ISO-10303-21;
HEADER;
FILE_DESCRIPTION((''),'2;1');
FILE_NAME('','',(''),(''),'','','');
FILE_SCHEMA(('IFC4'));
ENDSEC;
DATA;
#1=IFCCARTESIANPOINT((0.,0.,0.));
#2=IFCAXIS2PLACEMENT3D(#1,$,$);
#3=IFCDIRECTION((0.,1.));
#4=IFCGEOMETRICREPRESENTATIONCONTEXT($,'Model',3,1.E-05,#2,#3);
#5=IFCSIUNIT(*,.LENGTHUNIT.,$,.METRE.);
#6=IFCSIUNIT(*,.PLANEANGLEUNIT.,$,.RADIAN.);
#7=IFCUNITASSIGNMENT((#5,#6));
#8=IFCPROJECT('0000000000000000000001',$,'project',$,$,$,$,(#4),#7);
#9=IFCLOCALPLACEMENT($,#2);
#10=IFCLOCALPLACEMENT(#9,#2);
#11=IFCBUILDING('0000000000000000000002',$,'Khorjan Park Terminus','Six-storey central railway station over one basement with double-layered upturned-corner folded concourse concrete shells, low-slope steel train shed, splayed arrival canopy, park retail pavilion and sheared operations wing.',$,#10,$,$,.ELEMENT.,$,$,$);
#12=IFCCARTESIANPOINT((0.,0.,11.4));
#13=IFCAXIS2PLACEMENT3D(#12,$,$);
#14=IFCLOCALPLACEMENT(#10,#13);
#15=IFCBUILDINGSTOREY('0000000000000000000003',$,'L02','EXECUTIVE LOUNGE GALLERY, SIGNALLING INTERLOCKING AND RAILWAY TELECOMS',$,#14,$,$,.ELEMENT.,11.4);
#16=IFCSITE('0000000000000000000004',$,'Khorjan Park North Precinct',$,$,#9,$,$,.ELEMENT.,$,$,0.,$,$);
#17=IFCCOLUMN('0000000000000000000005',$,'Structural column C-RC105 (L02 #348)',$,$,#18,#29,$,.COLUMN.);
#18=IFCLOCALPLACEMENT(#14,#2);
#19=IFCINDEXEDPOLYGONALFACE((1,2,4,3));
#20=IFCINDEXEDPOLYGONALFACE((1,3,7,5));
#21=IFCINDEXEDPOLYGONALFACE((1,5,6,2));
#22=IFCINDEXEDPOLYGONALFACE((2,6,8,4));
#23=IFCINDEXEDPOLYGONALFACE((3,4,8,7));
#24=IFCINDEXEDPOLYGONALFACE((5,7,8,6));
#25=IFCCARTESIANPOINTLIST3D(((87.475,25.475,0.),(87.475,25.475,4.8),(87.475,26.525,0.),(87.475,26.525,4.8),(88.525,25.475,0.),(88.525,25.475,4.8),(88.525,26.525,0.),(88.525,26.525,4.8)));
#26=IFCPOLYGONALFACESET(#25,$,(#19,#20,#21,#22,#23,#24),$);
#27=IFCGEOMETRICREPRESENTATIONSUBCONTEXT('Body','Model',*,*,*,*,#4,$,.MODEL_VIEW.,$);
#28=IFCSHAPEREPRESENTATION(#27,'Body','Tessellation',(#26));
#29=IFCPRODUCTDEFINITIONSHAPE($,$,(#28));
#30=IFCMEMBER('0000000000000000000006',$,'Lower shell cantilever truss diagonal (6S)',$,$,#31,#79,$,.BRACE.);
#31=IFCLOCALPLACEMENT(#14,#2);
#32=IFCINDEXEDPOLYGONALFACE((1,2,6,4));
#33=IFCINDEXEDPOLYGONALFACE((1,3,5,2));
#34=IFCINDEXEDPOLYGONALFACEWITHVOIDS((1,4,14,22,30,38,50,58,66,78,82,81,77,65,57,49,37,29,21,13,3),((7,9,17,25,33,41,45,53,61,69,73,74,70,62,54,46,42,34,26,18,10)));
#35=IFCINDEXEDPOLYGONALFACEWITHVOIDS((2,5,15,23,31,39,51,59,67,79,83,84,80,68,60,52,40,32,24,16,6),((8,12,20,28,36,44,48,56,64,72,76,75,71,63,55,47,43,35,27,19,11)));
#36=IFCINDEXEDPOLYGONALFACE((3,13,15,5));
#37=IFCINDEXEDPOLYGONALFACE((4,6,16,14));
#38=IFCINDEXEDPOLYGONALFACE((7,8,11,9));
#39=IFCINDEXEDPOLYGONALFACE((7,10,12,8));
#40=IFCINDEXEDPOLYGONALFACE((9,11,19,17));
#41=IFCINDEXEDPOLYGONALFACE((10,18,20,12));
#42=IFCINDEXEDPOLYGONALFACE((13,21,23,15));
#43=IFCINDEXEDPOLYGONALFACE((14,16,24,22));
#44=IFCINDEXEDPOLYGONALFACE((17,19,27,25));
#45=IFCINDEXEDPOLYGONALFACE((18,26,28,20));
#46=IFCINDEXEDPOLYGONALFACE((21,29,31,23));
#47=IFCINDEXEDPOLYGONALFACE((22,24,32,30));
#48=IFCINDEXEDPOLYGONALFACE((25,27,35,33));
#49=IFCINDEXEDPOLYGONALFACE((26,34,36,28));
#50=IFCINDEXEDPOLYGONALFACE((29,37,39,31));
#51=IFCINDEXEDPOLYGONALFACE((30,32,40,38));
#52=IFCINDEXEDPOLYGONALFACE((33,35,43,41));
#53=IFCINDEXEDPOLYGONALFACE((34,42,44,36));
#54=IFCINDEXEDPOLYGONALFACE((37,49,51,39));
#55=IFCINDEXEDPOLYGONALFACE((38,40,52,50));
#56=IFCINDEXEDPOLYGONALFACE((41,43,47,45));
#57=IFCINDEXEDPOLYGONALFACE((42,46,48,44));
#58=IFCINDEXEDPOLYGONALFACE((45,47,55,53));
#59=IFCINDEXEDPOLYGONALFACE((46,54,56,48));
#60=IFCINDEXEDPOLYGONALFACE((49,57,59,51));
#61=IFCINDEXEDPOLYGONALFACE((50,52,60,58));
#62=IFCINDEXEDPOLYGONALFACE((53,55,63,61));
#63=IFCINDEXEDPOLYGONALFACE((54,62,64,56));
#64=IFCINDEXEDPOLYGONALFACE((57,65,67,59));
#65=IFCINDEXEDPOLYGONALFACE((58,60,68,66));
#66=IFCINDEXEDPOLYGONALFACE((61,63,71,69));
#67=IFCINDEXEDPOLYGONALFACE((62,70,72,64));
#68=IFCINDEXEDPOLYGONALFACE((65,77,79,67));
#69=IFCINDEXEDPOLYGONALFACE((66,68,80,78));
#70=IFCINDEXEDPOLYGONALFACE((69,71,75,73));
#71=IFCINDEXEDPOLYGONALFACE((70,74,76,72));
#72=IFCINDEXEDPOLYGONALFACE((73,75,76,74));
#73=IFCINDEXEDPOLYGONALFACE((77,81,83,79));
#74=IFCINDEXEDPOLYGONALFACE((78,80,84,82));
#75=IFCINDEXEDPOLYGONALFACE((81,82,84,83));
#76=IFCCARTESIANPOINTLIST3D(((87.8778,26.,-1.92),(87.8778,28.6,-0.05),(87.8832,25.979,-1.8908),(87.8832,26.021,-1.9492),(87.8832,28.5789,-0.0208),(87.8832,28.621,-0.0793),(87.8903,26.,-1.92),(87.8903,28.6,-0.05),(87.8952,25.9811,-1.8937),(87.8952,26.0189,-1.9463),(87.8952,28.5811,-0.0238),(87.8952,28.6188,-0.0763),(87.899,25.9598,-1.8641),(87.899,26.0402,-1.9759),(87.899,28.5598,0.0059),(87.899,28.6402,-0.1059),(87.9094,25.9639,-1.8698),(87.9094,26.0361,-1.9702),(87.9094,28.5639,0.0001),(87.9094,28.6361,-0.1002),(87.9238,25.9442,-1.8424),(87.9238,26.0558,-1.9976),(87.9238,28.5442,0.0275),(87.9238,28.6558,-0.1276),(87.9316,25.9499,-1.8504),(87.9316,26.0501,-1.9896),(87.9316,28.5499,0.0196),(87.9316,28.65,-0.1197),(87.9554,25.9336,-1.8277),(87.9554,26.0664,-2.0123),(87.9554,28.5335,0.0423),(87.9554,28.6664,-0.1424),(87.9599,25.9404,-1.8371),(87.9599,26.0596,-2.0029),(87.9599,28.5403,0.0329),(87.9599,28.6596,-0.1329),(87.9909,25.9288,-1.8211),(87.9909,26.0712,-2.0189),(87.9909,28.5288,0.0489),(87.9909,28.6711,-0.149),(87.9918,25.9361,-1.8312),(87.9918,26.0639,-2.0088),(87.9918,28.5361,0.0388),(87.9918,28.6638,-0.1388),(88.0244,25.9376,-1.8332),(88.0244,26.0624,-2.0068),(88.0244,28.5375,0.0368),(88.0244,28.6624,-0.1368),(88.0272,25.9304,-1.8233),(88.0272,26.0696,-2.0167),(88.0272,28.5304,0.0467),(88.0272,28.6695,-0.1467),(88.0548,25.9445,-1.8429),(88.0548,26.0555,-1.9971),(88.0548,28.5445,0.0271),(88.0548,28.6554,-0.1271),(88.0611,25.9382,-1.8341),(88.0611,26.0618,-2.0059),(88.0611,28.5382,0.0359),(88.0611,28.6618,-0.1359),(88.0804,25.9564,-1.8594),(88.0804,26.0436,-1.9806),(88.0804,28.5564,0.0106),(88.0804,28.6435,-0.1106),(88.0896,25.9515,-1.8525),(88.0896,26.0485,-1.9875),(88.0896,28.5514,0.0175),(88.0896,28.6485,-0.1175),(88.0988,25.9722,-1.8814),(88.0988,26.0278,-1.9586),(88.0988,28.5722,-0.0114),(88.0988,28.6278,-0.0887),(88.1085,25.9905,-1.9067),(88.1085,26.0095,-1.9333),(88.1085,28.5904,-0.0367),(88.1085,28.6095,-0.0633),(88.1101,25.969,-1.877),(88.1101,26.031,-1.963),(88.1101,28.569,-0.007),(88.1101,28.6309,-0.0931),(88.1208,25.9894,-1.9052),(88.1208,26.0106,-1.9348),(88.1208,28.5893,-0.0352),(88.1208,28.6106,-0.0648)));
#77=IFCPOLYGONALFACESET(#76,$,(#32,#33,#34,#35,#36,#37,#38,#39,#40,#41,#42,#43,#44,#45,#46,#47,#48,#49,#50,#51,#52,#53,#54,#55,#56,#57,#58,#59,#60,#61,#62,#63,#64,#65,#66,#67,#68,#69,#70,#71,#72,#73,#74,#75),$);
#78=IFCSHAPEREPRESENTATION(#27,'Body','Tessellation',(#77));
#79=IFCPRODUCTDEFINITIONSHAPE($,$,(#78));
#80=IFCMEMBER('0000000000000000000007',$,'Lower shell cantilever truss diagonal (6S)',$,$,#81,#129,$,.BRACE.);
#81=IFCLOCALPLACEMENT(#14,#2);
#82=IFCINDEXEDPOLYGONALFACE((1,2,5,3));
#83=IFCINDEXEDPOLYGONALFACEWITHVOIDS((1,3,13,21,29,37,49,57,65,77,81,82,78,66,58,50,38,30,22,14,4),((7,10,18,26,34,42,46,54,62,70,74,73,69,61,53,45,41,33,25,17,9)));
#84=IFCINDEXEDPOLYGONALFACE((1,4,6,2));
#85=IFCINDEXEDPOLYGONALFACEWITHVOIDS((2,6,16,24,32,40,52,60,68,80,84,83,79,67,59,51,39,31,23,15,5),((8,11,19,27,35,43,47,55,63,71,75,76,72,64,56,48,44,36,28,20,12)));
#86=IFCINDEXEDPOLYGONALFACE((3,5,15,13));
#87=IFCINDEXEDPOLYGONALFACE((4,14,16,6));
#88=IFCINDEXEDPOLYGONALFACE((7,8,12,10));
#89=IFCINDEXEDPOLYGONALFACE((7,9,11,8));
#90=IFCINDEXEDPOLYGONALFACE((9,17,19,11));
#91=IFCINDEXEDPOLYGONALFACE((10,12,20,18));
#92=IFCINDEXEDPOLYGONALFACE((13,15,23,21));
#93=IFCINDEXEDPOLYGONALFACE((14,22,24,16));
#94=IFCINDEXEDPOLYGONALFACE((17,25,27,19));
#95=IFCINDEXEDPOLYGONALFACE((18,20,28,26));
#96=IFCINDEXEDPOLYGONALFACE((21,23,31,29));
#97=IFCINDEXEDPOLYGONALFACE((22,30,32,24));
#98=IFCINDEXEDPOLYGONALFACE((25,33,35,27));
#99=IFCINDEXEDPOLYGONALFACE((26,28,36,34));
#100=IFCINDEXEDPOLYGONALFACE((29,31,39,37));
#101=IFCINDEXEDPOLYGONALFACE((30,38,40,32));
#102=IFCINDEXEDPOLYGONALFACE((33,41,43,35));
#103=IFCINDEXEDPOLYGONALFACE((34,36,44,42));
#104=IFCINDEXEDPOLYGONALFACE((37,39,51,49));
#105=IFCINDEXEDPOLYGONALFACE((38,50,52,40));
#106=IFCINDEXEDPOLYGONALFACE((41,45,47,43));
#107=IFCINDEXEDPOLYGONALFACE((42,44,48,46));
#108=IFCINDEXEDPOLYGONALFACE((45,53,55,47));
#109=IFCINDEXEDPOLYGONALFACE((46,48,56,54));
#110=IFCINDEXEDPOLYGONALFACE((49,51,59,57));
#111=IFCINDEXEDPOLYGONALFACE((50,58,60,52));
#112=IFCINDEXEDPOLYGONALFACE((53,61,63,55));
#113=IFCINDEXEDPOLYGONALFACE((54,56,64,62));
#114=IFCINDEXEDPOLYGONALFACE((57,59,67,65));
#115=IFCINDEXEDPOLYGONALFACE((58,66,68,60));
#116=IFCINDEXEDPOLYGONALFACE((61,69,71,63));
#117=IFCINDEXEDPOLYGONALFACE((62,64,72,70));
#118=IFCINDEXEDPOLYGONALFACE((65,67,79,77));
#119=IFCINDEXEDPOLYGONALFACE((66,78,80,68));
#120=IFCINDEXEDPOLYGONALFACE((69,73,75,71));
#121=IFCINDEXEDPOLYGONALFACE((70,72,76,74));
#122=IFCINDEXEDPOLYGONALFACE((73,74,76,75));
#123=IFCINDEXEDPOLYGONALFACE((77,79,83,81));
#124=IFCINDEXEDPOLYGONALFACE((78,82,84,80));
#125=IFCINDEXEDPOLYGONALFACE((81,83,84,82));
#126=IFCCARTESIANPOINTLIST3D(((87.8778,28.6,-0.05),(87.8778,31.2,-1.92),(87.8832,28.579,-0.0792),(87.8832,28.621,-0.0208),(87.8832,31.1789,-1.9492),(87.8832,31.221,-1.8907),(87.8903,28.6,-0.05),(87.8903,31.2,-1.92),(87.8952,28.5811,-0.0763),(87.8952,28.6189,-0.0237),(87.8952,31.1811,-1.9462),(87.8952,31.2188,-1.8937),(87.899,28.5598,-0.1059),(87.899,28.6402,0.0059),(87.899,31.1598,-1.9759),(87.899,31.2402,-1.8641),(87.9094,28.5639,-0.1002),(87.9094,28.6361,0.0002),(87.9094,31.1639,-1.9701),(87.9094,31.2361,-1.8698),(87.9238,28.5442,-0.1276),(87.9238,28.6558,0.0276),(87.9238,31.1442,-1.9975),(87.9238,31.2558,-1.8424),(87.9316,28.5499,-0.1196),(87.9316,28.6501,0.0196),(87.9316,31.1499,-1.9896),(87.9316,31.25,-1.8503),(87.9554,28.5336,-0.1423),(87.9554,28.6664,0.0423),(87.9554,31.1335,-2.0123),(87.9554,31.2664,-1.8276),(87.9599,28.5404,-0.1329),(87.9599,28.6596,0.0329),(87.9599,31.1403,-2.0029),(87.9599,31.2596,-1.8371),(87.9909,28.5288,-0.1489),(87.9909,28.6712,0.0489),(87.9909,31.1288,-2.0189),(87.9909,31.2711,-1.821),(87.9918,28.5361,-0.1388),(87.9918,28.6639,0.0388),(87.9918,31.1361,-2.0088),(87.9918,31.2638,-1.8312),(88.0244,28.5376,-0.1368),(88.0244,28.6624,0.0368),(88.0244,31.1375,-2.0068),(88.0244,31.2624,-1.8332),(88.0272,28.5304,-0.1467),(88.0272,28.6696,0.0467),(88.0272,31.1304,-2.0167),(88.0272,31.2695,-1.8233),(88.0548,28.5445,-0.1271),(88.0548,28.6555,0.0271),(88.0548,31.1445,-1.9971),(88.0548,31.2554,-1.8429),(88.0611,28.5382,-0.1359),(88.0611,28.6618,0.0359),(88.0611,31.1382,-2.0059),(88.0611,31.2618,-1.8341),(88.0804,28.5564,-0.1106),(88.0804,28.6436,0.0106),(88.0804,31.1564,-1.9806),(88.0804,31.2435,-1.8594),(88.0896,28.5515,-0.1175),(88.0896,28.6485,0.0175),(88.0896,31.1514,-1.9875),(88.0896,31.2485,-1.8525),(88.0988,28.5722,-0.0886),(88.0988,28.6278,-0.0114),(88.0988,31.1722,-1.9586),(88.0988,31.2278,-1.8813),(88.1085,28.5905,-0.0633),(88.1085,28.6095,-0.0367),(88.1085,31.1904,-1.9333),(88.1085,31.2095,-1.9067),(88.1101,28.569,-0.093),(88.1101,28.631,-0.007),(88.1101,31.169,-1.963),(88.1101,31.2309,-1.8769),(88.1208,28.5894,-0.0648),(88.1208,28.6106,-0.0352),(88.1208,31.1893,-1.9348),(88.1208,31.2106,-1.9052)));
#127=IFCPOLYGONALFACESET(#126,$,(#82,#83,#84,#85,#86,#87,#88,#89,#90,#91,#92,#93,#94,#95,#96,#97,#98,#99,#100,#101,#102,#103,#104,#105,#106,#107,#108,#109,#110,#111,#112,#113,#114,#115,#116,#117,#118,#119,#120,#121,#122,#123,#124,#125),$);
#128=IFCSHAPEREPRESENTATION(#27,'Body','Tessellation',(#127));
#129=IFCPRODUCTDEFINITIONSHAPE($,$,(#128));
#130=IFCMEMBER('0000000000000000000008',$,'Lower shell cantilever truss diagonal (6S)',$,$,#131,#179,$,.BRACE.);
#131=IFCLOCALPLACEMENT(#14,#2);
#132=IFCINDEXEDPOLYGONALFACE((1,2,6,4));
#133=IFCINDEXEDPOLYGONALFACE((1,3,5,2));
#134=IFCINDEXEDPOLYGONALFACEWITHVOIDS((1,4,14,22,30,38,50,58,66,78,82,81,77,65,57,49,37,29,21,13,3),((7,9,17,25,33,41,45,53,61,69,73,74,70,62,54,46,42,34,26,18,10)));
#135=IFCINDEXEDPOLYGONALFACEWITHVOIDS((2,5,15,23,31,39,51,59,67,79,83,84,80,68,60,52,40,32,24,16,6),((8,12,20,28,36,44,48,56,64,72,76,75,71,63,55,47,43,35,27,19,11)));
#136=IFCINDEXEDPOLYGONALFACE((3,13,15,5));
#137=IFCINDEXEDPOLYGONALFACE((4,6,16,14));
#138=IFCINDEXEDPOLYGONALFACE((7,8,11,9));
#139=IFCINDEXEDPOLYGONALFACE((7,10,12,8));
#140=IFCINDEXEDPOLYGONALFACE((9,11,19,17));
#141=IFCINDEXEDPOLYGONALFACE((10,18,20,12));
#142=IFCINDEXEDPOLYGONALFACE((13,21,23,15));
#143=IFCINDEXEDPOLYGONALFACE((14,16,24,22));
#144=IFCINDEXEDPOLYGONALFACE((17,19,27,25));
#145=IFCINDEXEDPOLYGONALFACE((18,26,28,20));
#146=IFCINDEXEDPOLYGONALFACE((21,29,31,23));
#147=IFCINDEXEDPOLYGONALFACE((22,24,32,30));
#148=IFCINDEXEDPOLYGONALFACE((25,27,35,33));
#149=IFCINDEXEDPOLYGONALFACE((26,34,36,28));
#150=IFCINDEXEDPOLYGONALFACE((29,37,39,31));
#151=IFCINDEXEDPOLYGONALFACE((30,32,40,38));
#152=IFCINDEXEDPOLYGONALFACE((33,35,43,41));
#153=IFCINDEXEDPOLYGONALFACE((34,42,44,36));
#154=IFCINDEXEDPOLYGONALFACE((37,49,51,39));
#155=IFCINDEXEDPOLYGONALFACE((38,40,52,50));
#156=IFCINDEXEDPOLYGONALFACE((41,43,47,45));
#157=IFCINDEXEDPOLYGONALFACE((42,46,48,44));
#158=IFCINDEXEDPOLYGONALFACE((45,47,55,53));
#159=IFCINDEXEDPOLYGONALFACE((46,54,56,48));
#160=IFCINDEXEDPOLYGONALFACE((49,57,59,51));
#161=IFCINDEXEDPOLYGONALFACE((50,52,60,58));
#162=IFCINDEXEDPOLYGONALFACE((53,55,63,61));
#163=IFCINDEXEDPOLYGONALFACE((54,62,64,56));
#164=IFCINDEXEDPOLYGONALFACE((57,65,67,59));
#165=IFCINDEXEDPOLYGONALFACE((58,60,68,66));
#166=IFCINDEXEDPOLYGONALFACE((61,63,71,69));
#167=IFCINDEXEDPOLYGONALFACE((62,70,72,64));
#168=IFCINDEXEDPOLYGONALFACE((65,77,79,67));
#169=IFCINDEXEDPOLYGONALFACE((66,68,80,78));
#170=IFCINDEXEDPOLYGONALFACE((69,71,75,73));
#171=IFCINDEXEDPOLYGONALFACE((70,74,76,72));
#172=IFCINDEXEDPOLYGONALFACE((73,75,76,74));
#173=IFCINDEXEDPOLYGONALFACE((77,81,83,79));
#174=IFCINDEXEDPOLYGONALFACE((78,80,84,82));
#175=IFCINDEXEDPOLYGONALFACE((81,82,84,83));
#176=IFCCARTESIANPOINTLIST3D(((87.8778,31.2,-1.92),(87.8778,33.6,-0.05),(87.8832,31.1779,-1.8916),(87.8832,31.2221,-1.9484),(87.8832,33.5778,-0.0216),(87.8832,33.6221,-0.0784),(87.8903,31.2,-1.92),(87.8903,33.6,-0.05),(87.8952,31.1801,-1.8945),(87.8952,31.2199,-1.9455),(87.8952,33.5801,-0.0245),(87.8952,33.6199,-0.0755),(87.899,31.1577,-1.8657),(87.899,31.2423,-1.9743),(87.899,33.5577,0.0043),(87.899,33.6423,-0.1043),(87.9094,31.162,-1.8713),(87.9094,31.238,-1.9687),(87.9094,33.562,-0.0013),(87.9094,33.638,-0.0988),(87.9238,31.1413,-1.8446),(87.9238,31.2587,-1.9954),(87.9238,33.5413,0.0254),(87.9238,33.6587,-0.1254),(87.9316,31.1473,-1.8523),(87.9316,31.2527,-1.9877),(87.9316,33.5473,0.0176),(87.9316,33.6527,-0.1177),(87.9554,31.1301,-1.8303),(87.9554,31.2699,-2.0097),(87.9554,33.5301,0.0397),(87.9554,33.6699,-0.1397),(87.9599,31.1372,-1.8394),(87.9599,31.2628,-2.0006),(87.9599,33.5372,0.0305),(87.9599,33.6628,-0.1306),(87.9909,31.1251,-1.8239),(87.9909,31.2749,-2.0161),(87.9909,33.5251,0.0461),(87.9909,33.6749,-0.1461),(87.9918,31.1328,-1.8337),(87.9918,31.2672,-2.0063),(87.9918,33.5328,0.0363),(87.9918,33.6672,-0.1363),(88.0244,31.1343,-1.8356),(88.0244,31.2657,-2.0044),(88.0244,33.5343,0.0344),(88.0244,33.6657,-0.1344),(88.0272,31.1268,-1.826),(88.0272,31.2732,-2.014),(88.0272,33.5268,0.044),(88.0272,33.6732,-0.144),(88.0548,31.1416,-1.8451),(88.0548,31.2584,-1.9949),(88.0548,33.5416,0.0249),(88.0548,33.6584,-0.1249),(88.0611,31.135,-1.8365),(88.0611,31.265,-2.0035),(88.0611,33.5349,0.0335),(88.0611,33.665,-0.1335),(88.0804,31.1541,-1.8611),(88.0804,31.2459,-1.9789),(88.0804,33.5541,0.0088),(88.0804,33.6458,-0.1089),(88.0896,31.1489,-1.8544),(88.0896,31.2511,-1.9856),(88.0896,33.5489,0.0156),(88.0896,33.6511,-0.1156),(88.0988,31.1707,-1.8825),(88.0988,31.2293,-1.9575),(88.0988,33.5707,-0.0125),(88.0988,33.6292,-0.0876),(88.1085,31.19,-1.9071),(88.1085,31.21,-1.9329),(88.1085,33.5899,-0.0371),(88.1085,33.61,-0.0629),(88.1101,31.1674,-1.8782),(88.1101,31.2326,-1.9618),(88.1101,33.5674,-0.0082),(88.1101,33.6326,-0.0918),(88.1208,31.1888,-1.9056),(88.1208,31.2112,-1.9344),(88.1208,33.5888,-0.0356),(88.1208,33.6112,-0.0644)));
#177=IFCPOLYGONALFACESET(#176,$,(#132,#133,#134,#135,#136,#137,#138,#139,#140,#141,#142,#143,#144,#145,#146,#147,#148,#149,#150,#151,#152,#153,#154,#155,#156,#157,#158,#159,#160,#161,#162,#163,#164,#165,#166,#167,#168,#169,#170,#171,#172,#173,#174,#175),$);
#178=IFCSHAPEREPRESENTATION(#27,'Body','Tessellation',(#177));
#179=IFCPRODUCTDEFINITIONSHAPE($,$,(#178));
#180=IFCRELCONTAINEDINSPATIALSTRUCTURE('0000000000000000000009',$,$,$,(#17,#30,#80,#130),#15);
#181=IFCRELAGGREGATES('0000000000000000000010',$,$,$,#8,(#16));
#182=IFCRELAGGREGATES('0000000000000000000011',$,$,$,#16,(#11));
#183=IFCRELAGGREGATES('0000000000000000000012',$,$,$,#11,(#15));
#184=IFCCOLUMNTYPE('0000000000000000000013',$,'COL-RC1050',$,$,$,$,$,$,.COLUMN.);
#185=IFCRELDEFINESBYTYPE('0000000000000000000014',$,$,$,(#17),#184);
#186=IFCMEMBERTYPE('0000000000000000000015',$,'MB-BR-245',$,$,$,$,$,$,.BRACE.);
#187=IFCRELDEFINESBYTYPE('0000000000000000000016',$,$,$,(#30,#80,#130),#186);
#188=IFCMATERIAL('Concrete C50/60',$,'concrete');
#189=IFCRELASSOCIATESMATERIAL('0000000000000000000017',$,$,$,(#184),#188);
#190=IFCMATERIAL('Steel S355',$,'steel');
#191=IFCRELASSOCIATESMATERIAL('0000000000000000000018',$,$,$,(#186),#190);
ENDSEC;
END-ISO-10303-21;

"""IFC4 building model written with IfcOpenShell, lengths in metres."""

from ifc_helpers import new_model, si_unit, direction, frame, origin, origin_2d, place, context, subcontext, project, spatial, rectangle, hollow_circle, extrude, material, material_profile, profile_set, type_object, element, save


model = new_model("IFC4")

# Units and contexts
model_context = context("Model", 3, precision=1e-05, world=origin(), true_north=direction((0.0, 1.0)))
body_context = subcontext(model_context, "Body", "Model", "MODEL_VIEW")
ifc_project = project(units=[si_unit("LENGTHUNIT", "METRE"), si_unit("PLANEANGLEUNIT", "RADIAN")], contexts=[model_context])

# Site, building, storey
site_placement = place(None, origin())
site = spatial("IfcSite", under=ifc_project, at=site_placement, Name="Khorjan Park North Precinct", CompositionType="ELEMENT", RefElevation=0.0)
building_placement = place(site_placement, origin())
building = spatial("IfcBuilding", under=site, at=building_placement, Name="Khorjan Park Terminus", Description="Six-storey central railway station over one basement with double-layered upturned-corner folded concourse concrete shells, low-slope steel train shed, splayed arrival canopy, park retail pavilion and sheared operations wing.", CompositionType="ELEMENT")
storey_placement = place(building_placement, frame((0.0, 0.0, 11.4)))
storey = spatial("IfcBuildingStorey", under=building, at=storey_placement, Name="L02", Description="EXECUTIVE LOUNGE GALLERY, SIGNALLING INTERLOCKING AND RAILWAY TELECOMS", CompositionType="ELEMENT", Elevation=11.4)

# Column
ifc_material_1 = material(Name="Concrete C50/60", Category="concrete")
ifc_material_profile_1 = material_profile(ifc_material_1, rectangle(XDim=1.05, YDim=1.05, at=origin_2d()), Name="RC 1050x1050")
ifc_profile_set_1 = profile_set([ifc_material_profile_1], Name="Concrete C50/60")
column_type = type_object("IfcColumnType", Name="COL-RC1050", PredefinedType="COLUMN", material=ifc_profile_set_1)
column_placement = place(storey_placement, frame((88.0, 26.0, 0.0), z_axis=(0.0, 0.0, 1.0), x_axis=(1.0, 0.0, 0.0)))
element("IfcColumn", 1, at=column_placement, inside=storey, type_object=column_type, Name="Structural column C-RC105 (L02 #348)", PredefinedType="COLUMN", context=body_context, shape_type="SweptSolid", body=[
    extrude(rectangle(XDim=1.05, YDim=1.05, at=origin_2d()), origin(), (0.0, 0.0, 1.0), 4.8),
])

# Members
ifc_material_2 = material(Name="Steel S355", Category="steel")
ifc_material_profile_2 = material_profile(ifc_material_2, hollow_circle(Radius=0.1222, WallThickness=0.0125, at=origin_2d()), Name="CHS 244.5x12.5")
ifc_profile_set_2 = profile_set([ifc_material_profile_2], Name="Steel S355")
member_type_1 = type_object("IfcMemberType", Name="MB-BR-245", PredefinedType="BRACE", material=ifc_profile_set_2)
for number, where, z_axis, x_axis, name in (
    (2, (88.0, 26.0, -1.92), (0.0, 0.81183, 0.583893), (-1.0, 0.0, 0.0), "Lower shell cantilever truss diagonal (6S)"),
    (3, (88.0, 28.6, -0.05), (0.0, 0.81183, -0.583893), (-1.0, 0.0, 0.0), "Lower shell cantilever truss diagonal (6S)"),
):
    element("IfcMember", number, at=place(storey_placement, frame(where, z_axis=z_axis, x_axis=x_axis)), inside=storey, type_object=member_type_1, Name=name, PredefinedType="BRACE", context=body_context, shape_type="SweptSolid", body=[
        extrude(hollow_circle(Radius=0.1222, WallThickness=0.0125, at=origin_2d()), origin(), (0.0, 0.0, 1.0), 3.2026),
    ])
for number, where, z_axis, x_axis, name in (
    (4, (88.0, 31.2, -1.92), (0.0, 0.788821, 0.614623), (-1.0, 0.0, 0.0), "Lower shell cantilever truss diagonal (6S)"),
):
    element("IfcMember", number, at=place(storey_placement, frame(where, z_axis=z_axis, x_axis=x_axis)), inside=storey, type_object=member_type_1, Name=name, PredefinedType="BRACE", context=body_context, shape_type="SweptSolid", body=[
        extrude(hollow_circle(Radius=0.1222, WallThickness=0.0125, at=origin_2d()), origin(), (0.0, 0.0, 1.0), 3.0425),
    ])

save(model, "model.ifc")
